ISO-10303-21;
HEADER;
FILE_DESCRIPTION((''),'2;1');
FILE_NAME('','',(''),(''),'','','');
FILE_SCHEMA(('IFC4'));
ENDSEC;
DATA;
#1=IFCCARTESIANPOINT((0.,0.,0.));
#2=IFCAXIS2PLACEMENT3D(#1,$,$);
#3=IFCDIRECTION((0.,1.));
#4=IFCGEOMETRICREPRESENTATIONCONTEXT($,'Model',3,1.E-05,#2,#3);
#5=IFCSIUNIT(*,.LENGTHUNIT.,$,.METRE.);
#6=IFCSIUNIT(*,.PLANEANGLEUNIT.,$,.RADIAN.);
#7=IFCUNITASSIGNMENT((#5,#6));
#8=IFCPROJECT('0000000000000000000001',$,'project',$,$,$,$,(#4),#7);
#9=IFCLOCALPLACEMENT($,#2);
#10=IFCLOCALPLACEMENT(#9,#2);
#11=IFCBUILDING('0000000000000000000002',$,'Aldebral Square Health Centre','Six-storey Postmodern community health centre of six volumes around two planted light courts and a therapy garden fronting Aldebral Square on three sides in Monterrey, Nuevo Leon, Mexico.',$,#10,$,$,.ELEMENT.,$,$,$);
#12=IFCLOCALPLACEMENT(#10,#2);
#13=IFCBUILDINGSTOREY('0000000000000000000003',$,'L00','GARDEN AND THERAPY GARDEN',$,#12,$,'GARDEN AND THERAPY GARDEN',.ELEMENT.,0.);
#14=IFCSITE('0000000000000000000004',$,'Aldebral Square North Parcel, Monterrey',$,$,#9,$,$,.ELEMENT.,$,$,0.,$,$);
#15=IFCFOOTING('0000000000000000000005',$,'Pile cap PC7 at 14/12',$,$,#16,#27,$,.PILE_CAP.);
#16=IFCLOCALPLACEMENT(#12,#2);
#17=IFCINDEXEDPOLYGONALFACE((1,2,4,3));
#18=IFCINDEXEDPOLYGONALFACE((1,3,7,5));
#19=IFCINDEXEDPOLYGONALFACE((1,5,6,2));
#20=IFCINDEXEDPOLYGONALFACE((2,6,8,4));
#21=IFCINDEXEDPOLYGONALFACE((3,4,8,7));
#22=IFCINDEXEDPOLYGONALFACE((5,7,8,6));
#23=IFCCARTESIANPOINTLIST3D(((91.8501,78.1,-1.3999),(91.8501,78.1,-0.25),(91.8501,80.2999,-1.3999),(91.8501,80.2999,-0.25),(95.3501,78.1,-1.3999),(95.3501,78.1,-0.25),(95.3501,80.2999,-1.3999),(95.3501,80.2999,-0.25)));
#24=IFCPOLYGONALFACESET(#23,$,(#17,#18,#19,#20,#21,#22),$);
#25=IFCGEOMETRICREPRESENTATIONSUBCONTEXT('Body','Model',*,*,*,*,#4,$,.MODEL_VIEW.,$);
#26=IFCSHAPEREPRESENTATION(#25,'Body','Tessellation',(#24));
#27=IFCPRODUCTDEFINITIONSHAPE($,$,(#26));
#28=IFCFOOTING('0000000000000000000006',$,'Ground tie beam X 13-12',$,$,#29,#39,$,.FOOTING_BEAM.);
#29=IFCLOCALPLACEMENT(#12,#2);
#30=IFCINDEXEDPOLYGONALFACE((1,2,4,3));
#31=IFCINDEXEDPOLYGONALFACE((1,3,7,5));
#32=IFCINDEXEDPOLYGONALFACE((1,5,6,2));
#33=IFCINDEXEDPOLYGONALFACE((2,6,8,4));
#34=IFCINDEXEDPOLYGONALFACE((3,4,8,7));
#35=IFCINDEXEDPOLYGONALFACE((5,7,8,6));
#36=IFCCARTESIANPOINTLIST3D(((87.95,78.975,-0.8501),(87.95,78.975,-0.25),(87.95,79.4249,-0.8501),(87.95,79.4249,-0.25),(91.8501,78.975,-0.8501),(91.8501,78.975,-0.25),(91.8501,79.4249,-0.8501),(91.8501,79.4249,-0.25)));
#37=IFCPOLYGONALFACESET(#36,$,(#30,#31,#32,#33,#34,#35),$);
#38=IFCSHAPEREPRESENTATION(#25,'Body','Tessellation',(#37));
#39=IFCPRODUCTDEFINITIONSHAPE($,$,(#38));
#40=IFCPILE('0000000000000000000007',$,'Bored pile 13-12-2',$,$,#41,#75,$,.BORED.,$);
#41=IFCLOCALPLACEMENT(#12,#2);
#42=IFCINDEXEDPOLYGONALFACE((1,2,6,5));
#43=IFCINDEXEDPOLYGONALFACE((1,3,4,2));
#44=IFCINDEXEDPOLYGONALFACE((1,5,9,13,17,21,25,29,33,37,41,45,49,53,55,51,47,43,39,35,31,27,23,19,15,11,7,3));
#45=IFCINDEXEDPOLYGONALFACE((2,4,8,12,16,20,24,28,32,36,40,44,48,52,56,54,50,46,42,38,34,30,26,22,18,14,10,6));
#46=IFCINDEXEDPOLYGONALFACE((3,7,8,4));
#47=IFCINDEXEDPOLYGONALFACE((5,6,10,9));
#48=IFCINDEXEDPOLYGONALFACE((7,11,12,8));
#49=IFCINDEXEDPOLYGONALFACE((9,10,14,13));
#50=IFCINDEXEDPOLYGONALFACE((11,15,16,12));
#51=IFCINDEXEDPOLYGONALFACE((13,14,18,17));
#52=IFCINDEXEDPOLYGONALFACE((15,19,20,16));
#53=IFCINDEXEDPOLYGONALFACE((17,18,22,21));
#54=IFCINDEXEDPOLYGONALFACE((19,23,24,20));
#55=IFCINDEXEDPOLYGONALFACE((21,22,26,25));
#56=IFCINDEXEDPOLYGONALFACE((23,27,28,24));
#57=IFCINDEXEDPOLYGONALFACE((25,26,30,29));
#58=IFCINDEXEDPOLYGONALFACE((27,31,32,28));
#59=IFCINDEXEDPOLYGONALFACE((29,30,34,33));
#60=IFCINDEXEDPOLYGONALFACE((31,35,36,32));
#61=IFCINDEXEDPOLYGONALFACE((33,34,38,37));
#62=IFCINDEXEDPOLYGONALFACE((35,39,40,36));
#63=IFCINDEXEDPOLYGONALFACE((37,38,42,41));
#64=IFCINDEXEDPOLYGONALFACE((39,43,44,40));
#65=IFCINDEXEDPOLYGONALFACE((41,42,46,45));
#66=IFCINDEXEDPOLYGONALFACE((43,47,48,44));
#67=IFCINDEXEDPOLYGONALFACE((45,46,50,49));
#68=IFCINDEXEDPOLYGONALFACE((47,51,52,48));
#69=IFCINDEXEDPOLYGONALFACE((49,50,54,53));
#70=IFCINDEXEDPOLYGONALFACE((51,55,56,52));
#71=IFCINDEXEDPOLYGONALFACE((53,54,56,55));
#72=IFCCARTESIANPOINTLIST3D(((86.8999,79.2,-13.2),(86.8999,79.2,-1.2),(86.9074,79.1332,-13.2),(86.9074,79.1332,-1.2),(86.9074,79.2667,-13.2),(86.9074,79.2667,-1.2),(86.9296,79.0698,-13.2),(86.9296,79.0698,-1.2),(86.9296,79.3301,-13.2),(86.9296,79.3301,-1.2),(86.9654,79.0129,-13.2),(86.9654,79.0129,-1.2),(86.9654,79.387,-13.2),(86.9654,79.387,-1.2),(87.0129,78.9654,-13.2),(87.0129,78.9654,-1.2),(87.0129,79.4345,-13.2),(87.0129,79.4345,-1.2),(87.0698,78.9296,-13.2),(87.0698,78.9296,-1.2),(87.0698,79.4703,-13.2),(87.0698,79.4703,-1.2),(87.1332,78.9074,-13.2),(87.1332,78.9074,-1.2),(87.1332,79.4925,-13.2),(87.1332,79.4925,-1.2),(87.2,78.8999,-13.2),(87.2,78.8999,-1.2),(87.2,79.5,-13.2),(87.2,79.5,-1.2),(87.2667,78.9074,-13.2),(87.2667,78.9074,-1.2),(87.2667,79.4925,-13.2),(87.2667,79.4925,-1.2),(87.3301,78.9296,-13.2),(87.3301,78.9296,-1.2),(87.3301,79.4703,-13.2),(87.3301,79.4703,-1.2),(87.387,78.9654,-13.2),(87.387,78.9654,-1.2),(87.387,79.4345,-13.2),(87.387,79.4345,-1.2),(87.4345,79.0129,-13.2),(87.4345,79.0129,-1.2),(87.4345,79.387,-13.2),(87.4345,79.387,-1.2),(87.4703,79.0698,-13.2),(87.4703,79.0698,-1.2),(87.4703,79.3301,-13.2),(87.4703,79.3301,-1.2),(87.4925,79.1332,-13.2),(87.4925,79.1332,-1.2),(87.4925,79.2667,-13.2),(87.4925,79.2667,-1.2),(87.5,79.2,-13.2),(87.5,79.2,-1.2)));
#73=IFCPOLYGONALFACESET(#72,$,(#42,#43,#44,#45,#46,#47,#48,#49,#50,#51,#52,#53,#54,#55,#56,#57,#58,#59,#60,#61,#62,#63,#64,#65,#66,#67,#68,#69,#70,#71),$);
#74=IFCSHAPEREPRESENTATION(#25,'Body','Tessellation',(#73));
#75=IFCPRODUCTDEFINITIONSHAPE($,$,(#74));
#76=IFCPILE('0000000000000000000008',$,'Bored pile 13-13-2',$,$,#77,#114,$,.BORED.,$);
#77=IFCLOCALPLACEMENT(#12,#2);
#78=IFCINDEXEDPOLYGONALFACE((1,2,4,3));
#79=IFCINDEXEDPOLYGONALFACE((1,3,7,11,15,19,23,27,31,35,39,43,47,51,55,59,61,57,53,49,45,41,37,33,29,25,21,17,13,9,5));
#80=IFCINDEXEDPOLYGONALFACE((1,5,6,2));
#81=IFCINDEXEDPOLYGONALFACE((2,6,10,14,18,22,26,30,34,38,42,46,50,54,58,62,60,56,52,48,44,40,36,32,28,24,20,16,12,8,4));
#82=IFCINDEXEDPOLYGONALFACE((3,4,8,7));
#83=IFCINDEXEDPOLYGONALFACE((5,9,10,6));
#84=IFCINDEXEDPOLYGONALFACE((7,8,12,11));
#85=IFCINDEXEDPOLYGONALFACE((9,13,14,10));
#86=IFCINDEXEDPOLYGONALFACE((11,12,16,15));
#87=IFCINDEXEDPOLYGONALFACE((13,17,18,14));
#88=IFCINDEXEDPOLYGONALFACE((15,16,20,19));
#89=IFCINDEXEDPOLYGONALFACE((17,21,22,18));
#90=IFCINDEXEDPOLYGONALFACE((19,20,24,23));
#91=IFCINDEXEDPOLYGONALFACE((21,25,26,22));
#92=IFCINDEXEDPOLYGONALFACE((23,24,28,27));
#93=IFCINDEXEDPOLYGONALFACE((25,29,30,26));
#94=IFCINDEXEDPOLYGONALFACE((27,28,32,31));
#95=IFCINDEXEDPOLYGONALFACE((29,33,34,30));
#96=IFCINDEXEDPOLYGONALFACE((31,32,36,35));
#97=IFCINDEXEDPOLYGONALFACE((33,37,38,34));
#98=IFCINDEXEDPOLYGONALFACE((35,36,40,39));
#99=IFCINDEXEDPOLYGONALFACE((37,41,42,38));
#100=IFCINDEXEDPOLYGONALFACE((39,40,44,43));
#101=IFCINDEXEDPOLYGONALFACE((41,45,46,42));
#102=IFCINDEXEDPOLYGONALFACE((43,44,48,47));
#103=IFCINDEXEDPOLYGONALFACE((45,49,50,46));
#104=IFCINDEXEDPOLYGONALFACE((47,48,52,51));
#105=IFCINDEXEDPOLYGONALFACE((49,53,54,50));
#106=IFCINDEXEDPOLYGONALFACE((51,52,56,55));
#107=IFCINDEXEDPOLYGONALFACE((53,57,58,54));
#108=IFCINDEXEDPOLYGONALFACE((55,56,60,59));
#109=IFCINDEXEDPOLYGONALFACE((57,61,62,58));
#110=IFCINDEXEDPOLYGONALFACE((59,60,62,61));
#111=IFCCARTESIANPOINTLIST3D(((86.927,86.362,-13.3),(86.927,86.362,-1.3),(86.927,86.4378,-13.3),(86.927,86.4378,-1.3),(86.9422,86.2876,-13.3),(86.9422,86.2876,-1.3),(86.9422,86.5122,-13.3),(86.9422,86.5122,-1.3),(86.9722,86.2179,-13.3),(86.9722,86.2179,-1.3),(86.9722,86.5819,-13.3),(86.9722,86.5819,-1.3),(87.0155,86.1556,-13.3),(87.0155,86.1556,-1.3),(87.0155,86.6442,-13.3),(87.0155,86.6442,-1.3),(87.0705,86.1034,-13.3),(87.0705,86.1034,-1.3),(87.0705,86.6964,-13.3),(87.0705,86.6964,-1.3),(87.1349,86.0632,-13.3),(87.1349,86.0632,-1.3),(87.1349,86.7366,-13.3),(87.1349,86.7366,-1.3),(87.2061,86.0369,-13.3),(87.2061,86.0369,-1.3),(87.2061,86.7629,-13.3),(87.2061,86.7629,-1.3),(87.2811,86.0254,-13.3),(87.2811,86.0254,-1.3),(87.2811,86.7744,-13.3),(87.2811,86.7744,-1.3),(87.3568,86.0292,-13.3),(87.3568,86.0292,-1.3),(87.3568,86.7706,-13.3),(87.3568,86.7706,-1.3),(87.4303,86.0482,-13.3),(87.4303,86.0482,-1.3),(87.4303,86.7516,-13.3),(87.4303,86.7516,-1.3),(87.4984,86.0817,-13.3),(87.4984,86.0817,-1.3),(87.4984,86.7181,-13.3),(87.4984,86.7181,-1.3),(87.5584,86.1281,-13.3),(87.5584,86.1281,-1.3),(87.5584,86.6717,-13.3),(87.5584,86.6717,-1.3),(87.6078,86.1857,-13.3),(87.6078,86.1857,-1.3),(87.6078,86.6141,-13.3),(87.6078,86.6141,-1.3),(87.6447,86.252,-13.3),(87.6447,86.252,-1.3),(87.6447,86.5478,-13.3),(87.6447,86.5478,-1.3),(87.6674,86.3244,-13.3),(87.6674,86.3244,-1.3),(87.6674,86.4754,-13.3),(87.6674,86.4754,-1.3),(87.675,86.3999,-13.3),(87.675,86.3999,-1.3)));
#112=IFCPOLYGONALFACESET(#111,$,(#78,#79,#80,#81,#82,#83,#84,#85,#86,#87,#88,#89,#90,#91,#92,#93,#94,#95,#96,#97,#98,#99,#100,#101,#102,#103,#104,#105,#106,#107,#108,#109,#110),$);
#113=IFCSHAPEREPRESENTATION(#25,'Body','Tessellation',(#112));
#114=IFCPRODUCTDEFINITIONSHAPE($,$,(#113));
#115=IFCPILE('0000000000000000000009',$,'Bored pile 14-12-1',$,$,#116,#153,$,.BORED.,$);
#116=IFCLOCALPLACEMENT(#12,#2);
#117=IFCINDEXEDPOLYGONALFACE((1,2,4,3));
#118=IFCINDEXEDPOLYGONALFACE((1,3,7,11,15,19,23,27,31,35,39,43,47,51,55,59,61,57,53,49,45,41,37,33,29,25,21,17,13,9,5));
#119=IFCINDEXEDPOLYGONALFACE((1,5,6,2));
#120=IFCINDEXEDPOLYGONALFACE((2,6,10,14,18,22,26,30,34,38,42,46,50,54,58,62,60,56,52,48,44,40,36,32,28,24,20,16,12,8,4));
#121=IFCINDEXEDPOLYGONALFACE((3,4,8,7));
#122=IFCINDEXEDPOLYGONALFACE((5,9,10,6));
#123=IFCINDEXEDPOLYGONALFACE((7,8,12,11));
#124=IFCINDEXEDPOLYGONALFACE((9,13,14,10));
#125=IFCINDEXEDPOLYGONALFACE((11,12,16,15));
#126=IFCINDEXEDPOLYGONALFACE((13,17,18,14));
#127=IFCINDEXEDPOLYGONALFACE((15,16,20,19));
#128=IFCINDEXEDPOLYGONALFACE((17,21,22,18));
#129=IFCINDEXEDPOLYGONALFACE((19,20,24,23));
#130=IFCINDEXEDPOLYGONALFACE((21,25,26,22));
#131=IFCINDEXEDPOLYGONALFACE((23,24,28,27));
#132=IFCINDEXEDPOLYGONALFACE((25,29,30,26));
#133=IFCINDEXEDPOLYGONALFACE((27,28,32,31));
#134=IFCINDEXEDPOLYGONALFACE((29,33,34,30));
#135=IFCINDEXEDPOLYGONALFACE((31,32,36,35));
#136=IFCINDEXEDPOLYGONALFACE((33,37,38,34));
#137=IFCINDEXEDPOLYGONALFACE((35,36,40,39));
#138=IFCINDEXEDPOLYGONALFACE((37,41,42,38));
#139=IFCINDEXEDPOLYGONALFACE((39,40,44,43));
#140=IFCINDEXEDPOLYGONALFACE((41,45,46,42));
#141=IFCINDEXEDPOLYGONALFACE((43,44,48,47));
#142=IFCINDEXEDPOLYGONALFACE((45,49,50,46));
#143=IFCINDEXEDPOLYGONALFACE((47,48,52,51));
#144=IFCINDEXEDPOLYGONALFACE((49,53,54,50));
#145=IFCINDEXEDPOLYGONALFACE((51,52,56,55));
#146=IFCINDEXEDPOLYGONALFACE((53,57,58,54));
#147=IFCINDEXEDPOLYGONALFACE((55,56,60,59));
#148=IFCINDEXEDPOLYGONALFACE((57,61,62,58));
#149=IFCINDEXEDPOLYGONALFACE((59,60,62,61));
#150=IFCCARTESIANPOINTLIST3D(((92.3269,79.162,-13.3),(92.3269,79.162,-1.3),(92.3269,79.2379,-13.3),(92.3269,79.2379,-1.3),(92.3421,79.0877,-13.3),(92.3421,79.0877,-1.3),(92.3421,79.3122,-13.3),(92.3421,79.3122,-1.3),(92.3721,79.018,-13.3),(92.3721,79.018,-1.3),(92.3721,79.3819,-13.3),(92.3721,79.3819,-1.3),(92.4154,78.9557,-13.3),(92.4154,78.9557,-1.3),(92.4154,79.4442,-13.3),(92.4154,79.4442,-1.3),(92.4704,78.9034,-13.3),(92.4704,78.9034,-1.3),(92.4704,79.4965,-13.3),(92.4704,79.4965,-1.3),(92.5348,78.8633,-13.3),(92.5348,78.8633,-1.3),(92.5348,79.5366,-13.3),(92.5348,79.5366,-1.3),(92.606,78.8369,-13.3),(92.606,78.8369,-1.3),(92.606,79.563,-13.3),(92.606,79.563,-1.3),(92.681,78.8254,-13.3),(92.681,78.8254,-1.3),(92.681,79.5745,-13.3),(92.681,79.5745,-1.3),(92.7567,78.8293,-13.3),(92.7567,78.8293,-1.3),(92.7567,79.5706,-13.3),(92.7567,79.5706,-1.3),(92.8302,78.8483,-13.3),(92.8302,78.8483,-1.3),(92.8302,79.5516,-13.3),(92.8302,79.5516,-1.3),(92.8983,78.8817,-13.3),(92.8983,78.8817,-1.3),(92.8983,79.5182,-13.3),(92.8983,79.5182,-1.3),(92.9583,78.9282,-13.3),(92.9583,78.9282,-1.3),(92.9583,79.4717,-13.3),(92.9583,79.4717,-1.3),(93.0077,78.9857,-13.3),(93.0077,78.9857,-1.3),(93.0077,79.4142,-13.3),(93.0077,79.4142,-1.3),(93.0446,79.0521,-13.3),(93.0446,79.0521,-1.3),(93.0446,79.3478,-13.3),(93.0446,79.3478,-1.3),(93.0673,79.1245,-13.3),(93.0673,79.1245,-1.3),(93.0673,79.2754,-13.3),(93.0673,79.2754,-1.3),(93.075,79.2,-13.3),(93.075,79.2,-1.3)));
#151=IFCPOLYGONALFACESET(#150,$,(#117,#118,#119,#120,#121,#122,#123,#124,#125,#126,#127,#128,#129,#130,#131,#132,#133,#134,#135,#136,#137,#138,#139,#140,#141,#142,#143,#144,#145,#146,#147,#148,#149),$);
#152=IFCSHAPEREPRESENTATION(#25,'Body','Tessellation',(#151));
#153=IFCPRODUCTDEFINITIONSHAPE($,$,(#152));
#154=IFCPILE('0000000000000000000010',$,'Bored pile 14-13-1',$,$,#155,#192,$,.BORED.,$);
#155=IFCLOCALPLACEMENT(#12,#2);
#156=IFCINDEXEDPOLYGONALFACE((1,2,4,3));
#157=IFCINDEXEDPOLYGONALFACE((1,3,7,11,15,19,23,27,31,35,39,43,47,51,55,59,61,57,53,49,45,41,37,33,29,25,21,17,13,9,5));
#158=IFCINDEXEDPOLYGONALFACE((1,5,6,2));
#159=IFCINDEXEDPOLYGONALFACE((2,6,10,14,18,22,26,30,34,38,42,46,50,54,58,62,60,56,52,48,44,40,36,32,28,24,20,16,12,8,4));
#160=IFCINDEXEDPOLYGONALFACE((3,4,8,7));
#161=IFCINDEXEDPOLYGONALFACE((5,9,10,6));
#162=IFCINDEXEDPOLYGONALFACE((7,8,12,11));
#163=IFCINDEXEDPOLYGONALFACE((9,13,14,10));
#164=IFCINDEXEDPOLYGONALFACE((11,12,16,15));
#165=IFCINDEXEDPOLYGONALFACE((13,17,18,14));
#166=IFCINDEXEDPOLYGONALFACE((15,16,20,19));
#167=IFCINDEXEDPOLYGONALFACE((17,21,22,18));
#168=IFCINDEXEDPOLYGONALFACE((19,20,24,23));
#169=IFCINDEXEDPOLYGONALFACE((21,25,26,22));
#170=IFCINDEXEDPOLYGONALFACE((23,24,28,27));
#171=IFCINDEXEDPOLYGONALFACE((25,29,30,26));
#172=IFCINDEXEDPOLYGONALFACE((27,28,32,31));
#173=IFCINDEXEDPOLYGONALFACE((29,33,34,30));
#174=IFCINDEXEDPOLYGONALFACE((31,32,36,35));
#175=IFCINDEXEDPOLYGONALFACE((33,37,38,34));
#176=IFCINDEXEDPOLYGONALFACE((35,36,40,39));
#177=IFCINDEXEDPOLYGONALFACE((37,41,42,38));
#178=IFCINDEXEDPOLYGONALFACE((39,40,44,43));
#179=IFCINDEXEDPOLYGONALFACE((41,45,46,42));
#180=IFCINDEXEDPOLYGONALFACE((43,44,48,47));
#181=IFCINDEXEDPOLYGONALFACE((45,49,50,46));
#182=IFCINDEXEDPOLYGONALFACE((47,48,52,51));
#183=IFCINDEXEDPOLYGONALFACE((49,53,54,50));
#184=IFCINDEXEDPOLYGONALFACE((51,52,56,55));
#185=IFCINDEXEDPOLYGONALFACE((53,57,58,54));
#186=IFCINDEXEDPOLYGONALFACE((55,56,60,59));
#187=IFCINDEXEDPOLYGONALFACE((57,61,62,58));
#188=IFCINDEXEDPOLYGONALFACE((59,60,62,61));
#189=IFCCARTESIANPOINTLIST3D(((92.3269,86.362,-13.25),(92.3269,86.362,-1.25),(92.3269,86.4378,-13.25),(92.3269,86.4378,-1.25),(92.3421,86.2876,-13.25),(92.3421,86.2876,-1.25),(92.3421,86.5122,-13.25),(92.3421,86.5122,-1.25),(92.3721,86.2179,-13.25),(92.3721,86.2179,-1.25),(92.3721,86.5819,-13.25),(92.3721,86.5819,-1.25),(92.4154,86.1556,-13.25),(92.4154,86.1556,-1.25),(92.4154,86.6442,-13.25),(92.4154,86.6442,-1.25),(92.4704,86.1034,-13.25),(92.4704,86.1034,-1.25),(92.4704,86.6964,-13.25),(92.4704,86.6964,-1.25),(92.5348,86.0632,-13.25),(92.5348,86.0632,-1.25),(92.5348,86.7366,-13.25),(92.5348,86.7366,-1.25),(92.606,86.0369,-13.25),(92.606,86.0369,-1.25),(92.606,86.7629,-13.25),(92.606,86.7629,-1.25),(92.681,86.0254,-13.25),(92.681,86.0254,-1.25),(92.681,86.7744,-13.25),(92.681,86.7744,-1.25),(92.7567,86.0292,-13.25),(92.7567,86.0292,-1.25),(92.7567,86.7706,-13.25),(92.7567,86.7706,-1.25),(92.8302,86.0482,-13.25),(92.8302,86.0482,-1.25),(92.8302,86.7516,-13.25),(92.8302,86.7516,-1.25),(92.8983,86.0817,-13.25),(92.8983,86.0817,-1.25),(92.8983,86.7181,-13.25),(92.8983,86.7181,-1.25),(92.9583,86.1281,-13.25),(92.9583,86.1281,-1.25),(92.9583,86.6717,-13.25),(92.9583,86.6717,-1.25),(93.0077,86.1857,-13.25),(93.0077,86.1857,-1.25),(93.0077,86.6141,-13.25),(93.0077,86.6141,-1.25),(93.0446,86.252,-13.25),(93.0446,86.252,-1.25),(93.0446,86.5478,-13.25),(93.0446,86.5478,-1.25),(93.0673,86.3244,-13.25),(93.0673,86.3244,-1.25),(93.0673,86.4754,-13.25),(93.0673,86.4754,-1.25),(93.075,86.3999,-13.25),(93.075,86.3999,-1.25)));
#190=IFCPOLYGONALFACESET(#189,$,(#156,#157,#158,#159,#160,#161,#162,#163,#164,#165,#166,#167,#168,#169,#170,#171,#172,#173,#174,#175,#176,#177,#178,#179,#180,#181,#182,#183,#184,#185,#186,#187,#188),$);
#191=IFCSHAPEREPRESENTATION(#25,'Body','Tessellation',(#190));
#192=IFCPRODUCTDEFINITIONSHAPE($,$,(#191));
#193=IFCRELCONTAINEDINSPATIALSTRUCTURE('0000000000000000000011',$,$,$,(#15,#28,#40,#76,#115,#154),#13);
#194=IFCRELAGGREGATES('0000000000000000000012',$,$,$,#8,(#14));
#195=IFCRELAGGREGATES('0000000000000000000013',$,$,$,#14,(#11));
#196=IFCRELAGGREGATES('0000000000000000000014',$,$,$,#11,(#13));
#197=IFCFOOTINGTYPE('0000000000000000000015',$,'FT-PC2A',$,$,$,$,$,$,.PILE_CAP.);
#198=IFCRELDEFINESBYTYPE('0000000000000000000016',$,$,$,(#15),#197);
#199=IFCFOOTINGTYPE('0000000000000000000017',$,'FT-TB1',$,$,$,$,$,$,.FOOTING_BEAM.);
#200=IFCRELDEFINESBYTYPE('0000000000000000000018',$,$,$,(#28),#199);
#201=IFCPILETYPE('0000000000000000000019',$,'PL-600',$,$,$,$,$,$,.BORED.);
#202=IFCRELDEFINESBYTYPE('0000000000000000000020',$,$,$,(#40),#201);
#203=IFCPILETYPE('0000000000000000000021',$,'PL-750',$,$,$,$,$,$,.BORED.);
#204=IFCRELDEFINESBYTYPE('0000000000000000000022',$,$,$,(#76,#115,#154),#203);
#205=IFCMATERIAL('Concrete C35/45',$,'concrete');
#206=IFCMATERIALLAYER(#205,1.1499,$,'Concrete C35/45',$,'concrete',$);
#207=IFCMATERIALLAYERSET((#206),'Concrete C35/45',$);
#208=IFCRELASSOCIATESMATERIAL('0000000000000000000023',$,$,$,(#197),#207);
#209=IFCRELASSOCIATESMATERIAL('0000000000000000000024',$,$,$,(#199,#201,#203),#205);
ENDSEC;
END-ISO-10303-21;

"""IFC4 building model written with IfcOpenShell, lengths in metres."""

from ifc_helpers import new_model, si_unit, direction, frame, origin, origin_2d, place, context, subcontext, project, spatial, rectangle, circle, extrude, material, layer, layer_set, material_profile, profile_set, type_object, element, save


model = new_model("IFC4")

# Units and contexts
model_context = context("Model", 3, precision=1e-05, world=origin(), true_north=direction((0.0, 1.0)))
body_context = subcontext(model_context, "Body", "Model", "MODEL_VIEW")
ifc_project = project(units=[si_unit("LENGTHUNIT", "METRE"), si_unit("PLANEANGLEUNIT", "RADIAN")], contexts=[model_context])

# Site, building, storey
site_placement = place(None, origin())
site = spatial("IfcSite", under=ifc_project, at=site_placement, Name="Aldebral Square North Parcel, Monterrey", CompositionType="ELEMENT", RefElevation=0.0)
building_placement = place(site_placement, origin())
building = spatial("IfcBuilding", under=site, at=building_placement, Name="Aldebral Square Health Centre", Description="Six-storey Postmodern community health centre of six volumes around two planted light courts and a therapy garden fronting Aldebral Square on three sides in Monterrey, Nuevo Leon, Mexico.", CompositionType="ELEMENT")
storey_placement = place(building_placement, origin())
storey = spatial("IfcBuildingStorey", under=building, at=storey_placement, Name="L00", Description="GARDEN AND THERAPY GARDEN", LongName="GARDEN AND THERAPY GARDEN", CompositionType="ELEMENT", Elevation=0.0)

# Footings
ifc_material_1 = material(Name="Concrete C35/45", Category="concrete")
ifc_layer_1 = layer(ifc_material_1, 1.1499, Name="Concrete C35/45", Category="concrete")
ifc_layer_set_1 = layer_set([ifc_layer_1], Name="Concrete C35/45")
footing_type_1 = type_object("IfcFootingType", Name="FT-PC2A", PredefinedType="PILE_CAP", material=ifc_layer_set_1)
footing_1_placement = place(storey_placement, frame((93.6001, 79.2, -1.3999), z_axis=(0.0, 0.0, 1.0), x_axis=(1.0, 0.0, 0.0)))
element("IfcFooting", 1, at=footing_1_placement, inside=storey, type_object=footing_type_1, Name="Pile cap PC7 at 14/12", PredefinedType="PILE_CAP", context=body_context, shape_type="SweptSolid", body=[
    extrude(rectangle(XDim=3.5, YDim=2.2, at=origin_2d()), origin(), (0.0, 0.0, 1.0), 1.1499),
])
ifc_material_profile_1 = material_profile(ifc_material_1, rectangle(XDim=0.45, YDim=0.6001, at=origin_2d()), Name="RC 450x600")
ifc_profile_set_1 = profile_set([ifc_material_profile_1], Name="Concrete C35/45")
footing_type_2 = type_object("IfcFootingType", Name="FT-TB1", PredefinedType="FOOTING_BEAM", material=ifc_profile_set_1)
footing_2_placement = place(storey_placement, frame((87.95, 79.2, -0.55), z_axis=(1.0, 0.0, 0.0), x_axis=(0.0, 1.0, 0.0)))
element("IfcFooting", 2, at=footing_2_placement, inside=storey, type_object=footing_type_2, Name="Ground tie beam X 13-12", PredefinedType="FOOTING_BEAM", context=body_context, shape_type="SweptSolid", body=[
    extrude(rectangle(XDim=0.45, YDim=0.6001, at=origin_2d()), origin(), (0.0, 0.0, 1.0), 3.9001),
])

# Piles
ifc_material_profile_2 = material_profile(ifc_material_1, circle(Radius=0.3, at=origin_2d()), Name="PILE D600")
ifc_profile_set_2 = profile_set([ifc_material_profile_2], Name="Concrete C35/45")
pile_type_1 = type_object("IfcPileType", Name="PL-600", PredefinedType="BORED", material=ifc_profile_set_2)
pile_placement = place(storey_placement, frame((87.2, 79.2, -1.2), z_axis=(0.0, 0.0, -1.0), x_axis=(1.0, 0.0, 0.0)))
element("IfcPile", 3, at=pile_placement, inside=storey, type_object=pile_type_1, Name="Bored pile 13-12-2", PredefinedType="BORED", context=body_context, shape_type="SweptSolid", body=[
    extrude(circle(Radius=0.3, at=origin_2d()), origin(), (0.0, 0.0, 1.0), 12.0),
])
ifc_material_profile_3 = material_profile(ifc_material_1, circle(Radius=0.375, at=origin_2d()), Name="PILE D750")
ifc_profile_set_3 = profile_set([ifc_material_profile_3], Name="Concrete C35/45")
pile_type_2 = type_object("IfcPileType", Name="PL-750", PredefinedType="BORED", material=ifc_profile_set_3)
for number, where, z_axis, x_axis, name in (
    (4, (87.3, 86.3999, -1.3), (0.0, 0.0, -1.0), (1.0, 0.0, 0.0), "Bored pile 13-13-2"),
    (5, (92.7, 79.2, -1.3), (0.0, 0.0, -1.0), (1.0, 0.0, 0.0), "Bored pile 14-12-1"),
    (6, (92.7, 86.3999, -1.25), (0.0, 0.0, -1.0), (1.0, 0.0, 0.0), "Bored pile 14-13-1"),
):
    element("IfcPile", number, at=place(storey_placement, frame(where, z_axis=z_axis, x_axis=x_axis)), inside=storey, type_object=pile_type_2, Name=name, PredefinedType="BORED", context=body_context, shape_type="SweptSolid", body=[
        extrude(circle(Radius=0.375, at=origin_2d()), origin(), (0.0, 0.0, 1.0), 12.0),
    ])

save(model, "model.ifc")
